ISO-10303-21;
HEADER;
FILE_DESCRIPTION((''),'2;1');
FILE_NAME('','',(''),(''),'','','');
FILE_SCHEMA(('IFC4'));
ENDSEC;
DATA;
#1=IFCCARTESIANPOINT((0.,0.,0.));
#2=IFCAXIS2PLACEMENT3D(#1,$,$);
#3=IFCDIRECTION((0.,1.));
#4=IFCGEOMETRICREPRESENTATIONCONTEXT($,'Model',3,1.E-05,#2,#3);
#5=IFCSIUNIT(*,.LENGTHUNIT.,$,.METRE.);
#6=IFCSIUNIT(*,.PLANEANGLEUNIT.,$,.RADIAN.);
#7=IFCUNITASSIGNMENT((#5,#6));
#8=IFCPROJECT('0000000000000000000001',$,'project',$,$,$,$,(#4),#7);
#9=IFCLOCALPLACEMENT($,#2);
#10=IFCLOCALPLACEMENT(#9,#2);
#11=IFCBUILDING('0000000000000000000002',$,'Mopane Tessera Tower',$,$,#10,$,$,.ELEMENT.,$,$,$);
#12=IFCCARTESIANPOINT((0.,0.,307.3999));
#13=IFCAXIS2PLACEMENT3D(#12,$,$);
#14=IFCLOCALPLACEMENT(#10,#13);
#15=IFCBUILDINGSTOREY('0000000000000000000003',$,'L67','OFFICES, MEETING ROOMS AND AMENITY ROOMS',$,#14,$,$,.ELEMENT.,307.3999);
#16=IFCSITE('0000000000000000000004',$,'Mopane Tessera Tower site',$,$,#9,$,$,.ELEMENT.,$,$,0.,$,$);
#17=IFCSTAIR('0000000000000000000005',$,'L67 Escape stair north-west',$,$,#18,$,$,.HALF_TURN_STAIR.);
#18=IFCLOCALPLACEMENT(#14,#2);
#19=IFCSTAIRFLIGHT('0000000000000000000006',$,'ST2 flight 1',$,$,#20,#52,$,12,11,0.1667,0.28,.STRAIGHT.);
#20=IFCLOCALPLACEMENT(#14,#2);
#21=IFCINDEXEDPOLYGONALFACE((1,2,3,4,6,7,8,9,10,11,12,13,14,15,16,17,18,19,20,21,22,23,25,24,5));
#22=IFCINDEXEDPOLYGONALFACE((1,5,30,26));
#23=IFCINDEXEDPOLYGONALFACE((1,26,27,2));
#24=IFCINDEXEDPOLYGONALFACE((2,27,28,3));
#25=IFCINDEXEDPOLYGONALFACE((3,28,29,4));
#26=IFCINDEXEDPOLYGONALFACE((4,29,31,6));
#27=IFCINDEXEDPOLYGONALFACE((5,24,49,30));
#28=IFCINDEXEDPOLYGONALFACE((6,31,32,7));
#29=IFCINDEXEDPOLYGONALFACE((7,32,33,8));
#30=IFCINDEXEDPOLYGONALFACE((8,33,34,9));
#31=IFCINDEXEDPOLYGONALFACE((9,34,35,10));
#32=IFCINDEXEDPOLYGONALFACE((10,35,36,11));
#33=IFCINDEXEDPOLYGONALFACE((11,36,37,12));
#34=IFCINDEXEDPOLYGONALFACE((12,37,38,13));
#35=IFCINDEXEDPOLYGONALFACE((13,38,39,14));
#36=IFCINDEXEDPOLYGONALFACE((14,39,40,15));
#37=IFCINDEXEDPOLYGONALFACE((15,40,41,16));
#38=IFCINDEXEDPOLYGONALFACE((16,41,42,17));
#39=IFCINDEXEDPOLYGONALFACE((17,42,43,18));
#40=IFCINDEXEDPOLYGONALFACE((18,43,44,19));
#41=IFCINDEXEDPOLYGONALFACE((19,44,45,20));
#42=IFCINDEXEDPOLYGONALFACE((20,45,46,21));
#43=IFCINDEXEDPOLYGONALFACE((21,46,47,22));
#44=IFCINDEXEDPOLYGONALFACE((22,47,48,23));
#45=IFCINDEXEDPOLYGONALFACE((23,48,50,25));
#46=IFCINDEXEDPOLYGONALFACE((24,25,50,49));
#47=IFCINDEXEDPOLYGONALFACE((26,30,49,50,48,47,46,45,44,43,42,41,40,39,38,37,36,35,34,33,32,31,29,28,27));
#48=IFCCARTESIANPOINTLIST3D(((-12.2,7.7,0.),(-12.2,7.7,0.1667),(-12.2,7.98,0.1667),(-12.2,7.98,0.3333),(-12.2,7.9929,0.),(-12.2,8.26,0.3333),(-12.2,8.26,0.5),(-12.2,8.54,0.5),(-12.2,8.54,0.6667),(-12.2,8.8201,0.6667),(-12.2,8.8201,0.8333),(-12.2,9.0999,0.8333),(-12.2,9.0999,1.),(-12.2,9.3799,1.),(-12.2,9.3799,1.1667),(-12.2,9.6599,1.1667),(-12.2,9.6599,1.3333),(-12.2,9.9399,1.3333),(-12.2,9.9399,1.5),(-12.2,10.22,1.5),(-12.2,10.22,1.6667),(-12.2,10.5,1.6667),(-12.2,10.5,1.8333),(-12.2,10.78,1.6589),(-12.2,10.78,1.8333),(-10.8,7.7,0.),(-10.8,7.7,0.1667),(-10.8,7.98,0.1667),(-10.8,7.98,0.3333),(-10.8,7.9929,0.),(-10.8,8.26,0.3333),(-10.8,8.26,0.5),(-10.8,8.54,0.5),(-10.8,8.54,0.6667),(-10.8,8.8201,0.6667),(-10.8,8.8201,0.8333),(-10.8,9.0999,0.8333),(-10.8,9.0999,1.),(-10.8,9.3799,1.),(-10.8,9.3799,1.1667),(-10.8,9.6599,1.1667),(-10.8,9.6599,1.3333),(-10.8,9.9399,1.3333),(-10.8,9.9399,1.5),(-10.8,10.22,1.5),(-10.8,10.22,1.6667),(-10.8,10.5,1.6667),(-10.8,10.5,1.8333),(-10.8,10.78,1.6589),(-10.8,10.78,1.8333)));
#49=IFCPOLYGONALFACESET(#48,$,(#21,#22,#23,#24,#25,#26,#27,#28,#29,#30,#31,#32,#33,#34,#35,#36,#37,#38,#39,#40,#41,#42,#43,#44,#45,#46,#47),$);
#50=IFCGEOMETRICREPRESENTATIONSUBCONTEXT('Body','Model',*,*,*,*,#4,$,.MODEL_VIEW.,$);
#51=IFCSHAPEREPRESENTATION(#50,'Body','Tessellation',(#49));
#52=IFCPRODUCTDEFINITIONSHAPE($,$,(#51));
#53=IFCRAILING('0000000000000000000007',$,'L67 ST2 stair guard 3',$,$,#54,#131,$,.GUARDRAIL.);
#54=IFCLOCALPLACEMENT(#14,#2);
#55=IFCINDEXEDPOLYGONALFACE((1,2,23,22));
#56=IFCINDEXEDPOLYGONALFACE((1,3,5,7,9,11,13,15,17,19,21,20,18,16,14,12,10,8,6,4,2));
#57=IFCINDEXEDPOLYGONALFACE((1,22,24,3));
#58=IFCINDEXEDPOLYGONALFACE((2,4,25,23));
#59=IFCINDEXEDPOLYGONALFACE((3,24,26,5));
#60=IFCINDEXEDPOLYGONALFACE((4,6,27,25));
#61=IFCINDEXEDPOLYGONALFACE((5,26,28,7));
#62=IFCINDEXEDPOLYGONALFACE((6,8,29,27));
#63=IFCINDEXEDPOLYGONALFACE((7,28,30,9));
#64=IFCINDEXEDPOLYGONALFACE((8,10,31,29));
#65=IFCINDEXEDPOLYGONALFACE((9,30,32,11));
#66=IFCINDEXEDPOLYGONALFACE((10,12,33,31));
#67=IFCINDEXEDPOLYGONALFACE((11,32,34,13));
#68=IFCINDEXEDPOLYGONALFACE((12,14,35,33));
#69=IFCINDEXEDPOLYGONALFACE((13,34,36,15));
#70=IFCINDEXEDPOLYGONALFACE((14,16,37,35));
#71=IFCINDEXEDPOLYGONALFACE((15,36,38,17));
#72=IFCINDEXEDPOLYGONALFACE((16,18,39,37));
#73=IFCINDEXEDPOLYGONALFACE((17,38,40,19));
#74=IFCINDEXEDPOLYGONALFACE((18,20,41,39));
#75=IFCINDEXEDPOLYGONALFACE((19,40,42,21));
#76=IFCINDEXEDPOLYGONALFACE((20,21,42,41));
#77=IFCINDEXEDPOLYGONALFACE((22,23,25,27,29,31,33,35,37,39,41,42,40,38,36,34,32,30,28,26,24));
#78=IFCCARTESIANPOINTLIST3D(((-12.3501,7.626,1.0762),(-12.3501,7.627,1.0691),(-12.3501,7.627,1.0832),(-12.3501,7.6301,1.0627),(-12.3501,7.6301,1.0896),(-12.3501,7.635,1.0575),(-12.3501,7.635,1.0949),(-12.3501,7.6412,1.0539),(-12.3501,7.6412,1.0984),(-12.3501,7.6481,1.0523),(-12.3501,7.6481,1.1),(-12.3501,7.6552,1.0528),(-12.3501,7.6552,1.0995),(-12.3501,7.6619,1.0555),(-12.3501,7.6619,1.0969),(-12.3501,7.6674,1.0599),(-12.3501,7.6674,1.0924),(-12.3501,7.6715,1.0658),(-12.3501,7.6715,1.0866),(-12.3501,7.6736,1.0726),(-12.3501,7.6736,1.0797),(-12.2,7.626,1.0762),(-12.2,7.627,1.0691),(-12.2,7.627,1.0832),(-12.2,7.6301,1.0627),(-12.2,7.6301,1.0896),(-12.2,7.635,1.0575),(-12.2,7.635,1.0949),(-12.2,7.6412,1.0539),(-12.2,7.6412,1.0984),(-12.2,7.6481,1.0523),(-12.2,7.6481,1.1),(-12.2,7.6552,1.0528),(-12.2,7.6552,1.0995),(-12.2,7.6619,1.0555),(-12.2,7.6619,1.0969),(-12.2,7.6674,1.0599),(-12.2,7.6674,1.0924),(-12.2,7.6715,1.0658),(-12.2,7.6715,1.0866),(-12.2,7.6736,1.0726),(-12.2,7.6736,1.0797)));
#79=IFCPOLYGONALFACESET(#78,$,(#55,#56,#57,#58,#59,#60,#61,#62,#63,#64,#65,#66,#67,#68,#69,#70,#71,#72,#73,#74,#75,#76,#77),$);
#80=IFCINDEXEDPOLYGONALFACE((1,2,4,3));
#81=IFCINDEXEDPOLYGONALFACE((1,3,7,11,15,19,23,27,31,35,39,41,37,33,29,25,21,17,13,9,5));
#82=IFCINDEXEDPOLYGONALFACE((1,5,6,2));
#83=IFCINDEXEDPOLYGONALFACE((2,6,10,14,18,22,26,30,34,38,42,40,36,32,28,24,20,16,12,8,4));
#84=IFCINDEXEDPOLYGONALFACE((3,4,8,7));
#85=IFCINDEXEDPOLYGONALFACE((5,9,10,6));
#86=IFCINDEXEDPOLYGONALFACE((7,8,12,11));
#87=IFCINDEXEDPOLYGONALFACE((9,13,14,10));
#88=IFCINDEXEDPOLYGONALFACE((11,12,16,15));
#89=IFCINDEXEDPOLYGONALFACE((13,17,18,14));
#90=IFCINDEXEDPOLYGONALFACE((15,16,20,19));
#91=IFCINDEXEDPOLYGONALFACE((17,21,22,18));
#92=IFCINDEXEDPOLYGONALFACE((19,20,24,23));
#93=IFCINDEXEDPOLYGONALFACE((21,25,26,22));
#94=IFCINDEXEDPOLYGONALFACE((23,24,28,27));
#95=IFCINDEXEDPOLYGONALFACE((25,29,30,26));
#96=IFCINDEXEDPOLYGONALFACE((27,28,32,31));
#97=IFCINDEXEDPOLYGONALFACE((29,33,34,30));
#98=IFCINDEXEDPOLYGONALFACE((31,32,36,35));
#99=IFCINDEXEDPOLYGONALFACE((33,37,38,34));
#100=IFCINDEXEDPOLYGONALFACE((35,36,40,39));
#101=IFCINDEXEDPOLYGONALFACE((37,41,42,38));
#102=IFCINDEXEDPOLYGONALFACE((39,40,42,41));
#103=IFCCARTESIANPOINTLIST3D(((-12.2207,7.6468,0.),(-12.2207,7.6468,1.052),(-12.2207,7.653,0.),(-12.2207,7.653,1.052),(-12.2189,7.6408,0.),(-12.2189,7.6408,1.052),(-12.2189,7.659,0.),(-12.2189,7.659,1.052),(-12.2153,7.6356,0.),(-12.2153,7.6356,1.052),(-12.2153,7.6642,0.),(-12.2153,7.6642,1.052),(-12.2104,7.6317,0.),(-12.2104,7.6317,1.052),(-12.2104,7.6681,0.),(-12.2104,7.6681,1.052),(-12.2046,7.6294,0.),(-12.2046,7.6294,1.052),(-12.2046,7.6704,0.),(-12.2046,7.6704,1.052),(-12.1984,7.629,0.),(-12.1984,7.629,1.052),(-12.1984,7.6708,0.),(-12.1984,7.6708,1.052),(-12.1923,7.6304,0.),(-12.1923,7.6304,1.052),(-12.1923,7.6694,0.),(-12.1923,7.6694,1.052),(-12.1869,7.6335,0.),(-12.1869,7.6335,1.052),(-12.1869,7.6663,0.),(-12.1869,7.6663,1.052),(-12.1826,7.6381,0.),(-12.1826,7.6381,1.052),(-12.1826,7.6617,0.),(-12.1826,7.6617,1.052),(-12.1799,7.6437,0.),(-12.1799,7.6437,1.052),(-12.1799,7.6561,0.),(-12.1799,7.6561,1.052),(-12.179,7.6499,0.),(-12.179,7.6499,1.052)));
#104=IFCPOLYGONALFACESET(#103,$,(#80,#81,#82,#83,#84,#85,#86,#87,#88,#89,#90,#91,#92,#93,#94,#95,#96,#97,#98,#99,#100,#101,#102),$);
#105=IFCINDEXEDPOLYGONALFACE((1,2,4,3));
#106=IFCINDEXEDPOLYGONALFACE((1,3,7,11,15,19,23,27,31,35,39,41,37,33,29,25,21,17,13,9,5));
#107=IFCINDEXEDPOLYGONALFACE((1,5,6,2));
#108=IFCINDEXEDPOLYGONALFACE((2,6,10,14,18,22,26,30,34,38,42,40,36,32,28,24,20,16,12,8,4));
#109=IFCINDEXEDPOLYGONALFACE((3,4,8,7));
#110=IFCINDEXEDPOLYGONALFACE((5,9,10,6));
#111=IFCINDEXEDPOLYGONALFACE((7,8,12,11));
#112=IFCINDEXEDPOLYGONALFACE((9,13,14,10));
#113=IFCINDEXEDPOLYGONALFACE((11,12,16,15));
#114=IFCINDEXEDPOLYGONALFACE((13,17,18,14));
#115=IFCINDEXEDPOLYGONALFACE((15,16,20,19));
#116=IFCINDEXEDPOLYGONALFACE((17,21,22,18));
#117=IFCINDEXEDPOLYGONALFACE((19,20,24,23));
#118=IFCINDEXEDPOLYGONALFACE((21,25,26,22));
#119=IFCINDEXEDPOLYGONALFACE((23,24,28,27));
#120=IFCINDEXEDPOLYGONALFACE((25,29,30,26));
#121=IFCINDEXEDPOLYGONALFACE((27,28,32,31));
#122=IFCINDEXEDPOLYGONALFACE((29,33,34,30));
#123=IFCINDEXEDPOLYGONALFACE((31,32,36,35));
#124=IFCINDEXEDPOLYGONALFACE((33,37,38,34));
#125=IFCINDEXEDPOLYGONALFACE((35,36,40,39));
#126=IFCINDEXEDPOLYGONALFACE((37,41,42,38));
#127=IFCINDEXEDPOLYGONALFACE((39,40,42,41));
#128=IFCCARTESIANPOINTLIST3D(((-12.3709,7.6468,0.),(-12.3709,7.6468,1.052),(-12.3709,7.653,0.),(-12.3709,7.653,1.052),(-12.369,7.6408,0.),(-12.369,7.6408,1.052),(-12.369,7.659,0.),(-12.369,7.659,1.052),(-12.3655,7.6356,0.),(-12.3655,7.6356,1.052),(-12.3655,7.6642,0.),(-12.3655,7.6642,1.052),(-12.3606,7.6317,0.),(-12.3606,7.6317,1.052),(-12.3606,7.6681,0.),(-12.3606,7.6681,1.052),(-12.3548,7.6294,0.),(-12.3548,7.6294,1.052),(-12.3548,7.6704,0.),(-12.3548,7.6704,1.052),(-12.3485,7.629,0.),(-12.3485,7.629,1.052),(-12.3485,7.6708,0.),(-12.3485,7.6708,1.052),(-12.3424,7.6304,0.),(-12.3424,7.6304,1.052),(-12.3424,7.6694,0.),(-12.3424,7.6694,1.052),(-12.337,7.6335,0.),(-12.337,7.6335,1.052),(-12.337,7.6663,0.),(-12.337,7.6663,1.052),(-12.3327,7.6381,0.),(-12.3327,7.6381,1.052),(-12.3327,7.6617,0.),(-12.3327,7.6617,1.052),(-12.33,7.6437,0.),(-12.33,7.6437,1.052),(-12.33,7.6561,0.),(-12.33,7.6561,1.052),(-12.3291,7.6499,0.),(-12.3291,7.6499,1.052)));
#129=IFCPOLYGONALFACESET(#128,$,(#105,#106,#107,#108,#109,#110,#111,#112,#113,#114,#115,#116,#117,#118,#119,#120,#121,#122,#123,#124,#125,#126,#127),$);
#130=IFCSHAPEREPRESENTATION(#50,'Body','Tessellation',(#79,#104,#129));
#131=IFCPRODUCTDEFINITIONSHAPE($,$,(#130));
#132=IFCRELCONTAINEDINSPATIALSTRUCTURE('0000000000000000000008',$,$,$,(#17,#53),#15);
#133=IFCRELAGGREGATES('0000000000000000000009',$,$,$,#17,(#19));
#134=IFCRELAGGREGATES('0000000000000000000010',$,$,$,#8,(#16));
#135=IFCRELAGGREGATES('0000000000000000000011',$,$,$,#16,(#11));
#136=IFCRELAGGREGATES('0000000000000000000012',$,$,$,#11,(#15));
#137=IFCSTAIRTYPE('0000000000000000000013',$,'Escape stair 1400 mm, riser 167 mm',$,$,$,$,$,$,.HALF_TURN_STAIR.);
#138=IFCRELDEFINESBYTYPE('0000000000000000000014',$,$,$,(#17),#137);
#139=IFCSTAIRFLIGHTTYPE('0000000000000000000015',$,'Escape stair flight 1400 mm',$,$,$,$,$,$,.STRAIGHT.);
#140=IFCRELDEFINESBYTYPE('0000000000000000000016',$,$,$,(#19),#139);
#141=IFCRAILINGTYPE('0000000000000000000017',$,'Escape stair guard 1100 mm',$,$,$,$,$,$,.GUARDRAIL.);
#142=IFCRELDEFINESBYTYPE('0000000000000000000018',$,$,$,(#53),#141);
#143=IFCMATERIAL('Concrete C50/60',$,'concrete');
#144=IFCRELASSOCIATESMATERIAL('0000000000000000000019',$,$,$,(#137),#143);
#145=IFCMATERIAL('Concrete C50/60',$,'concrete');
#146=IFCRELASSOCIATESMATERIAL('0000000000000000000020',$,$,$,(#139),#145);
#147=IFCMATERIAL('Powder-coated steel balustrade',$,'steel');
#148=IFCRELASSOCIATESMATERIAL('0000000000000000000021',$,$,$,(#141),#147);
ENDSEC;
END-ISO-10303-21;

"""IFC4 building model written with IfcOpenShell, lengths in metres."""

from ifc_helpers import new_model, si_unit, direction, frame, origin, origin_2d, place, context, subcontext, project, spatial, polyline, circle, outline, extrude, material, type_object, element, aggregate, save


model = new_model("IFC4")

# Units and contexts
model_context = context("Model", 3, precision=1e-05, world=origin(), true_north=direction((0.0, 1.0)))
body_context = subcontext(model_context, "Body", "Model", "MODEL_VIEW")
ifc_project = project(units=[si_unit("LENGTHUNIT", "METRE"), si_unit("PLANEANGLEUNIT", "RADIAN")], contexts=[model_context])

# Site, building, storey
site_placement = place(None, origin())
site = spatial("IfcSite", under=ifc_project, at=site_placement, Name="Mopane Tessera Tower site", CompositionType="ELEMENT", RefElevation=0.0)
building_placement = place(site_placement, origin())
building = spatial("IfcBuilding", under=site, at=building_placement, Name="Mopane Tessera Tower", CompositionType="ELEMENT")
storey_placement = place(building_placement, frame((0.0, 0.0, 307.3999)))
storey = spatial("IfcBuildingStorey", under=building, at=storey_placement, Name="L67", Description="OFFICES, MEETING ROOMS AND AMENITY ROOMS", CompositionType="ELEMENT", Elevation=307.3999)

# Stair, stair flight
ifc_material_1 = material(Name="Concrete C50/60", Category="concrete")
stair_type = type_object("IfcStairType", Name="Escape stair 1400 mm, riser 167 mm", PredefinedType="HALF_TURN_STAIR", material=ifc_material_1)
stair_placement = place(storey_placement, origin())
stair = element("IfcStair", 1, at=stair_placement, inside=storey, type_object=stair_type, Name="L67 Escape stair north-west", PredefinedType="HALF_TURN_STAIR")
ifc_material_2 = material(Name="Concrete C50/60", Category="concrete")
stair_flight_type = type_object("IfcStairFlightType", Name="Escape stair flight 1400 mm", PredefinedType="STRAIGHT", material=ifc_material_2)
stair_flight_placement = place(storey_placement, frame((-11.5, 7.7, 0.0), z_axis=(0.0, 0.0, 1.0), x_axis=(0.0, 1.0, 0.0)))
stair_flight = element("IfcStairFlight", 2, at=stair_flight_placement, type_object=stair_flight_type, Name="ST2 flight 1", NumberOfRisers=12, NumberOfTreads=11, PredefinedType="STRAIGHT", RiserHeight=0.1667, TreadLength=0.28, context=body_context, shape_type="SweptSolid", body=[
    extrude(outline(polyline([(0.0, 0.0), (0.0, 0.1667), (0.28, 0.1667), (0.28, 0.3333), (0.5601, 0.3333), (0.5601, 0.5), (0.8401, 0.5), (0.8401, 0.6667), (1.1201, 0.6667), (1.1201, 0.8333), (1.3999, 0.8333), (1.3999, 1.0), (1.6799, 1.0), (1.6799, 1.1667), (1.96, 1.1667), (1.96, 1.3333), (2.24, 1.3333), (2.24, 1.5), (2.52, 1.5), (2.52, 1.6667), (2.8, 1.6667), (2.8, 1.8333), (3.0801, 1.8333), (3.0801, 2.0), (3.0801, 1.6589), (0.293, 0.0), (0.0, 0.0)])), frame((0.0, 0.7, 0.0), z_axis=(0.0, -1.0, 0.0), x_axis=(1.0, 0.0, 0.0)), (0.0, 0.0, 1.0), 1.3999),
])
aggregate(stair, [stair_flight])

# Railing
ifc_material_3 = material(Name="Powder-coated steel balustrade", Category="steel")
railing_type_1 = type_object("IfcRailingType", Name="Escape stair guard 1100 mm", PredefinedType="GUARDRAIL", material=ifc_material_3)
railing_1_placement = place(storey_placement, frame((-12.2, 7.6499, 0.0)))
element("IfcRailing", 3, at=railing_1_placement, inside=storey, type_object=railing_type_1, Name="L67 ST2 stair guard 3", PredefinedType="GUARDRAIL", context=body_context, shape_type="SweptSolid", body=[
    extrude(circle(Radius=0.0239, at=origin_2d()), frame((0.0, 0.0, 1.0762), z_axis=(-1.0, 0.0, 0.0), x_axis=(0.0, -1.0, 0.0)), (0.0, 0.0, 1.0), 0.1501),
    extrude(circle(Radius=0.021, at=origin_2d()), origin(), (0.0, 0.0, 1.0), 1.052),
    extrude(circle(Radius=0.021, at=origin_2d()), frame((-0.1501, 0.0, 0.0)), (0.0, 0.0, 1.0), 1.052),
])

save(model, "model.ifc")
